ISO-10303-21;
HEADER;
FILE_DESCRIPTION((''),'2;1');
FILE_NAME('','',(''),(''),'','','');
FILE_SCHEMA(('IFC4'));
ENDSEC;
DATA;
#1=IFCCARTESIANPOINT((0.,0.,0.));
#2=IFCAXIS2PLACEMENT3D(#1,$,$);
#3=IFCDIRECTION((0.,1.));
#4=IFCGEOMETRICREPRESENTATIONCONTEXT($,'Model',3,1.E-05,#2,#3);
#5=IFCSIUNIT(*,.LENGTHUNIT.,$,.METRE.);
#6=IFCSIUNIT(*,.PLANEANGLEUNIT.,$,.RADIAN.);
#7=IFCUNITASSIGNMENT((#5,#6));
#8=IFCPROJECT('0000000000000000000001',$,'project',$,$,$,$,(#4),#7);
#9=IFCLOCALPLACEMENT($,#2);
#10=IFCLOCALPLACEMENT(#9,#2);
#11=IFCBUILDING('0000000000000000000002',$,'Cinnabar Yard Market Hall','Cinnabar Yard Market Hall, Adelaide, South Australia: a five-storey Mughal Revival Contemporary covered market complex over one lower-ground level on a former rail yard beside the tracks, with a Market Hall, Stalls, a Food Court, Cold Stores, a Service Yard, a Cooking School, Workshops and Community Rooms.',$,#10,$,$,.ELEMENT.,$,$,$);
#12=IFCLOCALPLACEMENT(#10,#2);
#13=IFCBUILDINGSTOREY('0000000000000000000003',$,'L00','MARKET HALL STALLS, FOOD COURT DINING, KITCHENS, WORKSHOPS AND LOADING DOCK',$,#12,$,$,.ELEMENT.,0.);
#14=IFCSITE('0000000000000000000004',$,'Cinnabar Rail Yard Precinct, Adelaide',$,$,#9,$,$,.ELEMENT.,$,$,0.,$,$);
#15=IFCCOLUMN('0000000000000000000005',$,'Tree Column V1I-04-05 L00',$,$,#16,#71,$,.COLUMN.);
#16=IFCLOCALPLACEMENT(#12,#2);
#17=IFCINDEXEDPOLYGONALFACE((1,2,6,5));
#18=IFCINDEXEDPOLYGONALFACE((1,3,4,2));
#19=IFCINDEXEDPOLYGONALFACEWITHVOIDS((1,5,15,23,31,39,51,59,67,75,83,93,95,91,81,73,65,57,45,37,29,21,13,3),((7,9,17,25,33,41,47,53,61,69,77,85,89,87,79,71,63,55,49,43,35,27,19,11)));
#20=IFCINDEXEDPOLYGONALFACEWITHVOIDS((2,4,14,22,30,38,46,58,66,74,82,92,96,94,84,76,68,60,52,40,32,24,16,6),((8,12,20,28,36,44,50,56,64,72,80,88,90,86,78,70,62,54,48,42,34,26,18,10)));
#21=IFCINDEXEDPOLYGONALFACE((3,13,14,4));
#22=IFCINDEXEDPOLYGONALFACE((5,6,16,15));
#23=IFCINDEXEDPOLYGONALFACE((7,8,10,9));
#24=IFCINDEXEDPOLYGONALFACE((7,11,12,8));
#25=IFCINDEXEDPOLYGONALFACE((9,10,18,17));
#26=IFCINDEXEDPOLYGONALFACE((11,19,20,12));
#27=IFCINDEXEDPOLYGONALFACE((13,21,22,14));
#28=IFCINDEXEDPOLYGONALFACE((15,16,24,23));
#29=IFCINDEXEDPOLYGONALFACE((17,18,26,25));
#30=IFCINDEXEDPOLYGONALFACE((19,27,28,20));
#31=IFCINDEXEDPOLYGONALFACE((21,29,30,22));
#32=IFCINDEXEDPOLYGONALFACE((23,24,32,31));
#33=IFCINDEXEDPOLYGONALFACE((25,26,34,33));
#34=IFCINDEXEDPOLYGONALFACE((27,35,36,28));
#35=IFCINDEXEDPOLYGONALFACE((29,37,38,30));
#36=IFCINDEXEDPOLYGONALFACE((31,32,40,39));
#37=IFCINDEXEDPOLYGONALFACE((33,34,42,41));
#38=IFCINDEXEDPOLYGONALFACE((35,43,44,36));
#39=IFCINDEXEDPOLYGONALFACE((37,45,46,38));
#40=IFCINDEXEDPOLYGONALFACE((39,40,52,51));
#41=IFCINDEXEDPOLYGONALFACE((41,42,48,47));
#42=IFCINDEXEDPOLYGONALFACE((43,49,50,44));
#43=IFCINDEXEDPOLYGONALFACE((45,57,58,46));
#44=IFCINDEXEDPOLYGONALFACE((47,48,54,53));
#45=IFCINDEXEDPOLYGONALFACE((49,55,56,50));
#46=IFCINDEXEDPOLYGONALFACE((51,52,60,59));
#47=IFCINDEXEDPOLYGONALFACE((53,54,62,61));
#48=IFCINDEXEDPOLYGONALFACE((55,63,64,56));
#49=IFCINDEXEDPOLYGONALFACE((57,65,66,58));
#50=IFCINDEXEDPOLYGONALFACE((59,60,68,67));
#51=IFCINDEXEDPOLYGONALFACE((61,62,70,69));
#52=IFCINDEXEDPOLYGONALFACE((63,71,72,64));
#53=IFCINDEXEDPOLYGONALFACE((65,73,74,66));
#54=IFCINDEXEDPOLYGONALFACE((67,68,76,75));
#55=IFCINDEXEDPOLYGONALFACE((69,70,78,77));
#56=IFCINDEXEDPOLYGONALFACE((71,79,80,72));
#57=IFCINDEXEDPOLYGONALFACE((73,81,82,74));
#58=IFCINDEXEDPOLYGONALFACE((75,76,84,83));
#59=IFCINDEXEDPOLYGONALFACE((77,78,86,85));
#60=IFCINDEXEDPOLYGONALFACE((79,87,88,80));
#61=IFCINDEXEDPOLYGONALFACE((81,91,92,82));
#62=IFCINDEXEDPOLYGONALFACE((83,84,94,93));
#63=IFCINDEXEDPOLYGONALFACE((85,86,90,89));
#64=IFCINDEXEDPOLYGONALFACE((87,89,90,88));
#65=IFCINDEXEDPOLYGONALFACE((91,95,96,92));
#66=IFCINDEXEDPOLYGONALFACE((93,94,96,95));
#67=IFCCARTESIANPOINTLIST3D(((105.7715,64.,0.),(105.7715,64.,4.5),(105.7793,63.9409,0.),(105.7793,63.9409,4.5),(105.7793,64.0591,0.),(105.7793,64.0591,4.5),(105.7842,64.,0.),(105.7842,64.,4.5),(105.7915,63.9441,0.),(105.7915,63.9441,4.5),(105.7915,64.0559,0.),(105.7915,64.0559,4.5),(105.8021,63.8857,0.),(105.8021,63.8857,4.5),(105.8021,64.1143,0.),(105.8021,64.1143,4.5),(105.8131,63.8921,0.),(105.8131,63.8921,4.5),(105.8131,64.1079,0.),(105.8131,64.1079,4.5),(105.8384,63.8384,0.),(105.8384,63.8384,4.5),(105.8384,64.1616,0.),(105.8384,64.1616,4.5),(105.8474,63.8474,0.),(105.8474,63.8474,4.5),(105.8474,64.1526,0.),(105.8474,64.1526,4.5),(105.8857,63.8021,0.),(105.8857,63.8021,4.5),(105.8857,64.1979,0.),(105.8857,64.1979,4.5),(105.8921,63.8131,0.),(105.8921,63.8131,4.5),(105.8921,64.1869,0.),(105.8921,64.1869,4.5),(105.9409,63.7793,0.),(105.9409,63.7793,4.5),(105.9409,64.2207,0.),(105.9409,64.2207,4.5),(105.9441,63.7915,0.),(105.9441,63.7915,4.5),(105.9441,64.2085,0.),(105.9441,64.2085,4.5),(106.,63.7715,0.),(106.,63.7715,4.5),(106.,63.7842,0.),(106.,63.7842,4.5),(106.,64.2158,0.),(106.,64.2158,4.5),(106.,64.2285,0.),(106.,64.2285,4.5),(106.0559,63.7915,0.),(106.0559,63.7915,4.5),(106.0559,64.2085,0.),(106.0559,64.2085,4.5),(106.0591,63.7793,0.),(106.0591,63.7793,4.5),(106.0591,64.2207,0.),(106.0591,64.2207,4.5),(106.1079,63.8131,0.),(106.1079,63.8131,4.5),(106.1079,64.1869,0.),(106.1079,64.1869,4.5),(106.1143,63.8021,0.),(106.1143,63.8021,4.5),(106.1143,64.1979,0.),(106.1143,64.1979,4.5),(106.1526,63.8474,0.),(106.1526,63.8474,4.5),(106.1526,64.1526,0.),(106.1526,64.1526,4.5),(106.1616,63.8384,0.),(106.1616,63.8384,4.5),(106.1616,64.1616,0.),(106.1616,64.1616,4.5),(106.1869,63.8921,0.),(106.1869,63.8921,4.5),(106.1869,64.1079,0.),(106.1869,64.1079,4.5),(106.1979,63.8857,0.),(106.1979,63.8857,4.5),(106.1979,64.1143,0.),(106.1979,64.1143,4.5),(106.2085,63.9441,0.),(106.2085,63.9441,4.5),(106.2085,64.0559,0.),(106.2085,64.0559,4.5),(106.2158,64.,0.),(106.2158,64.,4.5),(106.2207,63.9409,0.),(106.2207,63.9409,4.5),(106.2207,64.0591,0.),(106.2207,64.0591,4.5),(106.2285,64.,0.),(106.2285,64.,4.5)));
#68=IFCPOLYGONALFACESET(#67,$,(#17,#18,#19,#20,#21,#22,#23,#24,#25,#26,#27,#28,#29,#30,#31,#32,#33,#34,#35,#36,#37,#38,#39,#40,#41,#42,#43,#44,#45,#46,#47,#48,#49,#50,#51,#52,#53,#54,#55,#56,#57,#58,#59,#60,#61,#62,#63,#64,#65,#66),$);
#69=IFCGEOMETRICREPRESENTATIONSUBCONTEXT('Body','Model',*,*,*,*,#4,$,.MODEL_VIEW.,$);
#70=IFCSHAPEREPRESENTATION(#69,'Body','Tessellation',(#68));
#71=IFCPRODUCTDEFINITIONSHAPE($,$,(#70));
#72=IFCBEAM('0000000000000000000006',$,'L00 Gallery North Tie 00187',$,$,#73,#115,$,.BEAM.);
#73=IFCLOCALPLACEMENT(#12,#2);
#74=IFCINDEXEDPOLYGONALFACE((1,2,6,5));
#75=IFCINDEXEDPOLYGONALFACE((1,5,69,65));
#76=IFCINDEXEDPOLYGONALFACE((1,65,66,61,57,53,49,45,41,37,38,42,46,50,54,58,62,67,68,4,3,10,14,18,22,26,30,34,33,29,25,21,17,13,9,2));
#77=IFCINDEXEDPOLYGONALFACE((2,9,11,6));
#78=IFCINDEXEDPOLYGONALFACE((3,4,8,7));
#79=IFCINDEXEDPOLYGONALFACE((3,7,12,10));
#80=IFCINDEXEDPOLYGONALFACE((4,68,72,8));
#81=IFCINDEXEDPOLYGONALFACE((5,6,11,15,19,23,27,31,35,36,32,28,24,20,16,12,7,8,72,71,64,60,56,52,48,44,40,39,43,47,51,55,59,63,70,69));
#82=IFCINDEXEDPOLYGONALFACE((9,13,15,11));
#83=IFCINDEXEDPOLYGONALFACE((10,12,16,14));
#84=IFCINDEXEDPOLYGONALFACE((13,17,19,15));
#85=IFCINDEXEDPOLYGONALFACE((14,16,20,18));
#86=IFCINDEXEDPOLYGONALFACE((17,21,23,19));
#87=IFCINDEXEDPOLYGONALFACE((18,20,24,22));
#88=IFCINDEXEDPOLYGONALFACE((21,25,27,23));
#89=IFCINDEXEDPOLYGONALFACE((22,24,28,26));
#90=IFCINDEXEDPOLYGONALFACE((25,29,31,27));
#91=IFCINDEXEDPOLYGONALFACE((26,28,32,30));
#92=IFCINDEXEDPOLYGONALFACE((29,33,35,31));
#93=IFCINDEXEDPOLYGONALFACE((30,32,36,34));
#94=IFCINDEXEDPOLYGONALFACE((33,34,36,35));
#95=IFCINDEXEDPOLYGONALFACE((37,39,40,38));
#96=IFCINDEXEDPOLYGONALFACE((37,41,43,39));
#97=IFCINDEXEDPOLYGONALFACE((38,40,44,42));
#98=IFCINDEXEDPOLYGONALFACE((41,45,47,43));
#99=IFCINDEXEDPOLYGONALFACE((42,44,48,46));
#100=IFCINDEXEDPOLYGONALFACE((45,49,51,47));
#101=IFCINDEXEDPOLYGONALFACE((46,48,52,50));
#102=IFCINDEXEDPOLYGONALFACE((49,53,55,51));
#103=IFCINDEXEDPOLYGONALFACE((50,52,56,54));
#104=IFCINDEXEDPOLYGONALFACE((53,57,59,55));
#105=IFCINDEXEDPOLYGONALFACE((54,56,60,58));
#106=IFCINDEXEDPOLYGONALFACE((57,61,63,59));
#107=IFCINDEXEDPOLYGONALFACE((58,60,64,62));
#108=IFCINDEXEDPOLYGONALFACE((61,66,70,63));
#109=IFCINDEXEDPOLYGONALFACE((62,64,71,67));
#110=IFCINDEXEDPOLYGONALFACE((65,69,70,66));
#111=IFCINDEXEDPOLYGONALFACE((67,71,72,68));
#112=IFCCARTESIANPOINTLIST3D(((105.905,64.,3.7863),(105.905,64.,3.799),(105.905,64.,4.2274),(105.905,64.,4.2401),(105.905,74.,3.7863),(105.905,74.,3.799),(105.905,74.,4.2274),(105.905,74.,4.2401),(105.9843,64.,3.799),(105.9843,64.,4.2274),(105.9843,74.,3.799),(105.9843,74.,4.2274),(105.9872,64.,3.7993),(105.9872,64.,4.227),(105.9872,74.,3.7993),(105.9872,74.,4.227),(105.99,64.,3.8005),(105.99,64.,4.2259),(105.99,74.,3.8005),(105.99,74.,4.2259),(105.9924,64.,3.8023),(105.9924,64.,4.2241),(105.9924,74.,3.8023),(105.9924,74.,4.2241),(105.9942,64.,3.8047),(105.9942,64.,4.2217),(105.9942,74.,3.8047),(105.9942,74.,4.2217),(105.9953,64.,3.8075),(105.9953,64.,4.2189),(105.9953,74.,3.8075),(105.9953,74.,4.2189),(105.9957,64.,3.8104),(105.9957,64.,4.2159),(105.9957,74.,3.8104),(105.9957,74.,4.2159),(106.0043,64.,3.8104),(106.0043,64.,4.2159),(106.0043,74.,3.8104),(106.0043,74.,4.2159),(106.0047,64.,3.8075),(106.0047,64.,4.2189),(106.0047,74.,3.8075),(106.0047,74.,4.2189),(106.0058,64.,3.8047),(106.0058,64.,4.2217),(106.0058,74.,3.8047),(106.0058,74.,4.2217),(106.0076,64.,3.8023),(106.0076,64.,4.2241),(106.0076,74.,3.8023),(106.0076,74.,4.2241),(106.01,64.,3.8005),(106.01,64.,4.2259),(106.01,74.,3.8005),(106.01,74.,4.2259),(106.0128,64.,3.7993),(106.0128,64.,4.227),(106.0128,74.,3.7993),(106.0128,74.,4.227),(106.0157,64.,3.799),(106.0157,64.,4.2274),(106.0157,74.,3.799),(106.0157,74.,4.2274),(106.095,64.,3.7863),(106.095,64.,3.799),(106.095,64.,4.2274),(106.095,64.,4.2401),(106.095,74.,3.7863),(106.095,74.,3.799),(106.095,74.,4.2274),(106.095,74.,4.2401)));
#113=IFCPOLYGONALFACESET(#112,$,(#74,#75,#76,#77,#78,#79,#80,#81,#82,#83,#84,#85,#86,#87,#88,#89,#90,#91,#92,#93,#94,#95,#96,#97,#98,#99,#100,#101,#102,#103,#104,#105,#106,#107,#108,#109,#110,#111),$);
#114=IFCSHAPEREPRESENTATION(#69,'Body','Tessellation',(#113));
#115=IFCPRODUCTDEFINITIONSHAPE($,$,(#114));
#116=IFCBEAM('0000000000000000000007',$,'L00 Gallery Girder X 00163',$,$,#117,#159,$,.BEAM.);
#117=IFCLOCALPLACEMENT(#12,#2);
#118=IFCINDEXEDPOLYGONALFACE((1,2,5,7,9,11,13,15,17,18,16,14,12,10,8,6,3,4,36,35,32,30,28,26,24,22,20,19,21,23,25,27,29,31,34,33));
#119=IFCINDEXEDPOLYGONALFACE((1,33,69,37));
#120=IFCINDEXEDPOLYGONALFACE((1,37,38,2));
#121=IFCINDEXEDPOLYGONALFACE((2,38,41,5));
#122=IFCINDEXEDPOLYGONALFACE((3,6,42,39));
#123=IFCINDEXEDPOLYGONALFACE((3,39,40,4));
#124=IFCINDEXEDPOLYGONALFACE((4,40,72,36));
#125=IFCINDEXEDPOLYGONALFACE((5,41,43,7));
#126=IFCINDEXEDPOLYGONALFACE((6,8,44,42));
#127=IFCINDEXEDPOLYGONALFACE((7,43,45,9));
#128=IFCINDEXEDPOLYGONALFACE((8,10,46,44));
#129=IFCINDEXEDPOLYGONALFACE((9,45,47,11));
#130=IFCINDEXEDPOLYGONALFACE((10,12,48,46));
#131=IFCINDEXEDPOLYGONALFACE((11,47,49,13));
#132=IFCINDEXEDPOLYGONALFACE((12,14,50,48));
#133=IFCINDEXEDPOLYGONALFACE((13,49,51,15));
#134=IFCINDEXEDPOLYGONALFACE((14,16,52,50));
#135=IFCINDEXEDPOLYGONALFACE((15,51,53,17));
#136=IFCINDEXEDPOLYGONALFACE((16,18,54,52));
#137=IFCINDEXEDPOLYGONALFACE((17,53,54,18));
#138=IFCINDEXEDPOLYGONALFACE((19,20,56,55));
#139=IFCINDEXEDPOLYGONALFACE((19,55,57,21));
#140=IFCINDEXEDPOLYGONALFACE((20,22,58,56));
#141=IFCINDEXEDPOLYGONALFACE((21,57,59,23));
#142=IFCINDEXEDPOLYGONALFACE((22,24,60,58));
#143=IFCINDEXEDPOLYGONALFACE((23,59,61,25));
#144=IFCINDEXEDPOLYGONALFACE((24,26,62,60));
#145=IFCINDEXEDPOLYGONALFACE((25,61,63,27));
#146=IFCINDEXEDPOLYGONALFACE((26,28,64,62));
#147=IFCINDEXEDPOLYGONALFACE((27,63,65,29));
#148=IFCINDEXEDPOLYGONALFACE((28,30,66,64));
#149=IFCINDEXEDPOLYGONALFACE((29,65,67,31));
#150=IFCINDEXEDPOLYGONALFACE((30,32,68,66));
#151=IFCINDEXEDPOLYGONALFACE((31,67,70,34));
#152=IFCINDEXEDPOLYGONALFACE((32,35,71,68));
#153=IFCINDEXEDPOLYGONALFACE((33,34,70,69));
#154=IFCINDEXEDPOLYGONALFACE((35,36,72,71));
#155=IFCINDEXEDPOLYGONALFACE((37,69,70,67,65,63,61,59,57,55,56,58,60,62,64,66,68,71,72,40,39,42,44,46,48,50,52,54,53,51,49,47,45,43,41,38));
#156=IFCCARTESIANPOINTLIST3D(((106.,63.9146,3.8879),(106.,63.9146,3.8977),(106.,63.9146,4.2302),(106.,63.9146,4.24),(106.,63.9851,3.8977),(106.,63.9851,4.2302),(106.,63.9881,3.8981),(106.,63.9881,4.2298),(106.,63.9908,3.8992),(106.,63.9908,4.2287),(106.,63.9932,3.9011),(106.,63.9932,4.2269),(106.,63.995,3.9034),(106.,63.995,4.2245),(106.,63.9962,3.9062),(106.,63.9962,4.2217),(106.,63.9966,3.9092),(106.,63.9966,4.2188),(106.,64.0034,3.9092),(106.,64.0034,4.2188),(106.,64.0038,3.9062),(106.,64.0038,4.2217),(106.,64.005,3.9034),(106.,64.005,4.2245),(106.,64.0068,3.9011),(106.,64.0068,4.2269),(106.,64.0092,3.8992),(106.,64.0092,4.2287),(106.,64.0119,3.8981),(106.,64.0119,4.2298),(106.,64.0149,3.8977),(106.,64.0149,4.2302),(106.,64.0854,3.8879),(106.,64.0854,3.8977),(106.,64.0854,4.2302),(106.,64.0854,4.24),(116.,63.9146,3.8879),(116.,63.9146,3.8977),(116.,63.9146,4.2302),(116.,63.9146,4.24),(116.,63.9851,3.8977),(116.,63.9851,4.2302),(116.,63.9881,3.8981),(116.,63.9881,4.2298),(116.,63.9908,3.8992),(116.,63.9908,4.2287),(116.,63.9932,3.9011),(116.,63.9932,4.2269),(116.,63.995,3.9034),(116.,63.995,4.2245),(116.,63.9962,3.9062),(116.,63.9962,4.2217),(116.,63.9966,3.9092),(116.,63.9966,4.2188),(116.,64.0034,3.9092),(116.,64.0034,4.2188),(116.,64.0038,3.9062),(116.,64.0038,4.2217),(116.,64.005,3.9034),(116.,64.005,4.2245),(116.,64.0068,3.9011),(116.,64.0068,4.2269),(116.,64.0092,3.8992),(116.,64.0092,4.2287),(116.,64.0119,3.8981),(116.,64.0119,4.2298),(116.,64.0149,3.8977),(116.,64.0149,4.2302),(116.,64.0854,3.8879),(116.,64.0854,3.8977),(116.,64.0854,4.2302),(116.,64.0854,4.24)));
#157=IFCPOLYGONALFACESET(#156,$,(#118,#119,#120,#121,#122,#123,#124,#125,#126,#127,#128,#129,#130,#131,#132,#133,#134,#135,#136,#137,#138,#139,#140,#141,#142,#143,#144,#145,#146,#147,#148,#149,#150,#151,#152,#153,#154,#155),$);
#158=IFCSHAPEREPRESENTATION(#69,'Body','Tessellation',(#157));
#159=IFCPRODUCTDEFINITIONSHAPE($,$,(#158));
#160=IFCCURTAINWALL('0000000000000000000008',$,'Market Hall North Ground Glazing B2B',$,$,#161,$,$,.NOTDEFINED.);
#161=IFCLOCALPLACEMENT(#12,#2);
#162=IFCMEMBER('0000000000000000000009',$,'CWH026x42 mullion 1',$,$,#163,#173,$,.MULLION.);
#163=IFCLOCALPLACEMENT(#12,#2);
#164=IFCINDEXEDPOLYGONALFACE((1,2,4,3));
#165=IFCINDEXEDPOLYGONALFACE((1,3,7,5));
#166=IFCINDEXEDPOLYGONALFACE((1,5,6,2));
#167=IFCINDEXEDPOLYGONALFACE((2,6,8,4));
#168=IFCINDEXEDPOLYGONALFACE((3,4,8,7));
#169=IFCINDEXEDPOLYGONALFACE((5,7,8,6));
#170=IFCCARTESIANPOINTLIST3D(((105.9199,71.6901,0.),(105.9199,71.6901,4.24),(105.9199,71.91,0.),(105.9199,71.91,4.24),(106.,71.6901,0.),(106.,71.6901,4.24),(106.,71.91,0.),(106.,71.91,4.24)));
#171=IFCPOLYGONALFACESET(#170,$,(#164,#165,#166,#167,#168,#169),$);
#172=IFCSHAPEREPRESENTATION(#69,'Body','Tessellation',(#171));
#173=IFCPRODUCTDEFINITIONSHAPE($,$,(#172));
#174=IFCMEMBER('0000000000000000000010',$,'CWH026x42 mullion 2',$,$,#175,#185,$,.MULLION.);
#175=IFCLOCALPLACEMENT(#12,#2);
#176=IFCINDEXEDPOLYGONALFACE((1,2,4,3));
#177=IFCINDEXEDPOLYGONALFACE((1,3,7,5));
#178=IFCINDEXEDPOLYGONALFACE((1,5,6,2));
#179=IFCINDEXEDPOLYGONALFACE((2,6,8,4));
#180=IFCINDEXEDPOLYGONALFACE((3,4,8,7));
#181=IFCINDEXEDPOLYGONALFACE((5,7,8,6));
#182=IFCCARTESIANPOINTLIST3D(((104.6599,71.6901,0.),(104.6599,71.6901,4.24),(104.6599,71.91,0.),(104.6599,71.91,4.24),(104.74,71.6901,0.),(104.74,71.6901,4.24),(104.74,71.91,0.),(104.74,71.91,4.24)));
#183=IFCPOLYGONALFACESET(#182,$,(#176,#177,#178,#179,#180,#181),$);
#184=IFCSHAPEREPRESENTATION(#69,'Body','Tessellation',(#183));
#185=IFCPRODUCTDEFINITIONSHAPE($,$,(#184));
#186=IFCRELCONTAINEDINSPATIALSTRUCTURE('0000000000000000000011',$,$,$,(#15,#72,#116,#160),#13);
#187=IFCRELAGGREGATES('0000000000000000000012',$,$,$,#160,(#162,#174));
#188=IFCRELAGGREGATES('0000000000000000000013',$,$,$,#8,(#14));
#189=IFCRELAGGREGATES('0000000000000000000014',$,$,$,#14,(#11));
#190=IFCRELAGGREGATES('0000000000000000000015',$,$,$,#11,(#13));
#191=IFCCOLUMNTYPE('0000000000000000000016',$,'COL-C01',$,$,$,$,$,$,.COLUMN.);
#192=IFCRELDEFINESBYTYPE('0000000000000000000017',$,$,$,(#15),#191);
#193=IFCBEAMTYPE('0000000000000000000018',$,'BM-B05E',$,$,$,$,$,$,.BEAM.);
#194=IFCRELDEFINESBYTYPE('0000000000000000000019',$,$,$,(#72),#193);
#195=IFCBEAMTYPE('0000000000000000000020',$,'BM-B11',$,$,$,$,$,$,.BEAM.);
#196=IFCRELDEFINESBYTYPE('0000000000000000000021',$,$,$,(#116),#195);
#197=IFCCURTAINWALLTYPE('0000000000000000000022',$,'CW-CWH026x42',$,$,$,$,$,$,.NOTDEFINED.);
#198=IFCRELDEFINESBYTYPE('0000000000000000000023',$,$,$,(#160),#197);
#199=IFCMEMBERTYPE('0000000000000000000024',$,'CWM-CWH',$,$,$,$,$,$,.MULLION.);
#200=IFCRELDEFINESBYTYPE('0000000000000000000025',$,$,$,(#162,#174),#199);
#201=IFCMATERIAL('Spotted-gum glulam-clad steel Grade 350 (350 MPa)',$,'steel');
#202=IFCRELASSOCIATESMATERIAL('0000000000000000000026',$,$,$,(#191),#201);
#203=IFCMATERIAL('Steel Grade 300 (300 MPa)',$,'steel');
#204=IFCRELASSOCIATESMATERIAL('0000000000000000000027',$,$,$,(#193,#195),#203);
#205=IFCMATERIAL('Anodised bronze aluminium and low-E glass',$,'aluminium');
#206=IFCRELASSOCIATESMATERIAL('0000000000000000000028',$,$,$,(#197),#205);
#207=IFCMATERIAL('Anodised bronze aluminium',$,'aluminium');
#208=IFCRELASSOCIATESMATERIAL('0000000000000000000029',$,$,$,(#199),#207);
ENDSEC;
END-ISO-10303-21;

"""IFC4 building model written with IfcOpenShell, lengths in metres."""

from ifc_helpers import new_model, si_unit, direction, frame, origin, origin_2d_with_axis, place, context, subcontext, project, spatial, rectangle, hollow_circle, i_section, extrude, material, material_profile, profile_set, type_object, element, aggregate, save


model = new_model("IFC4")

# Units and contexts
model_context = context("Model", 3, precision=1e-05, world=origin(), true_north=direction((0.0, 1.0)))
body_context = subcontext(model_context, "Body", "Model", "MODEL_VIEW")
ifc_project = project(units=[si_unit("LENGTHUNIT", "METRE"), si_unit("PLANEANGLEUNIT", "RADIAN")], contexts=[model_context])

# Site, building, storey
site_placement = place(None, origin())
site = spatial("IfcSite", under=ifc_project, at=site_placement, Name="Cinnabar Rail Yard Precinct, Adelaide", CompositionType="ELEMENT", RefElevation=0.0)
building_placement = place(site_placement, origin())
building = spatial("IfcBuilding", under=site, at=building_placement, Name="Cinnabar Yard Market Hall", Description="Cinnabar Yard Market Hall, Adelaide, South Australia: a five-storey Mughal Revival Contemporary covered market complex over one lower-ground level on a former rail yard beside the tracks, with a Market Hall, Stalls, a Food Court, Cold Stores, a Service Yard, a Cooking School, Workshops and Community Rooms.", CompositionType="ELEMENT")
storey_placement = place(building_placement, origin())
storey = spatial("IfcBuildingStorey", under=building, at=storey_placement, Name="L00", Description="MARKET HALL STALLS, FOOD COURT DINING, KITCHENS, WORKSHOPS AND LOADING DOCK", CompositionType="ELEMENT", Elevation=0.0)

# Column
ifc_material_1 = material(Name="Spotted-gum glulam-clad steel Grade 350 (350 MPa)", Category="steel")
ifc_material_profile_1 = material_profile(ifc_material_1, hollow_circle(Radius=0.2285, WallThickness=0.0127, at=origin_2d_with_axis()), Name="457.0x12.7CHS")
ifc_profile_set_1 = profile_set([ifc_material_profile_1], Name="Spotted-gum glulam-clad steel Grade 350 (350 MPa)")
column_type = type_object("IfcColumnType", Name="COL-C01", PredefinedType="COLUMN", material=ifc_profile_set_1)
column_placement = place(storey_placement, frame((106.0, 64.0, 0.0), z_axis=(0.0, 0.0, 1.0), x_axis=(1.0, 0.0, 0.0)))
element("IfcColumn", 1, at=column_placement, inside=storey, type_object=column_type, Name="Tree Column V1I-04-05 L00", PredefinedType="COLUMN", context=body_context, shape_type="SweptSolid", body=[
    extrude(hollow_circle(Radius=0.2285, WallThickness=0.0127, at=origin_2d_with_axis()), origin(), (0.0, 0.0, 1.0), 4.5),
])

# Beams
ifc_material_2 = material(Name="Steel Grade 300 (300 MPa)", Category="steel")
ifc_material_profile_2 = material_profile(ifc_material_2, i_section(OverallWidth=0.1899, OverallDepth=0.4539, WebThickness=0.0085, FlangeThickness=0.0127, FilletRadius=0.0115, at=origin_2d_with_axis()), Name="460UB67.1")
ifc_profile_set_2 = profile_set([ifc_material_profile_2], Name="Steel Grade 300 (300 MPa)")
beam_type_1 = type_object("IfcBeamType", Name="BM-B05E", PredefinedType="BEAM", material=ifc_profile_set_2)
beam_1_placement = place(storey_placement, frame((106.0, 64.0, 4.0132), z_axis=(0.0, 1.0, 0.0), x_axis=(-1.0, 0.0, 0.0)))
element("IfcBeam", 2, at=beam_1_placement, inside=storey, type_object=beam_type_1, Name="L00 Gallery North Tie 00187", PredefinedType="BEAM", context=body_context, shape_type="SweptSolid", body=[
    extrude(i_section(OverallWidth=0.1899, OverallDepth=0.4539, WebThickness=0.0085, FlangeThickness=0.0127, FilletRadius=0.0115, at=origin_2d_with_axis()), origin(), (0.0, 0.0, 1.0), 10.0),
])
ifc_material_profile_3 = material_profile(ifc_material_2, i_section(OverallWidth=0.1709, OverallDepth=0.3521, WebThickness=0.0068, FlangeThickness=0.0098, FilletRadius=0.0115, at=origin_2d_with_axis()), Name="360UB44.7")
ifc_profile_set_3 = profile_set([ifc_material_profile_3], Name="Steel Grade 300 (300 MPa)")
beam_type_2 = type_object("IfcBeamType", Name="BM-B11", PredefinedType="BEAM", material=ifc_profile_set_3)
beam_2_placement = place(storey_placement, frame((106.0, 64.0, 4.064), z_axis=(1.0, 0.0, 0.0), x_axis=(0.0, 1.0, 0.0)))
element("IfcBeam", 3, at=beam_2_placement, inside=storey, type_object=beam_type_2, Name="L00 Gallery Girder X 00163", PredefinedType="BEAM", context=body_context, shape_type="SweptSolid", body=[
    extrude(i_section(OverallWidth=0.1709, OverallDepth=0.3521, WebThickness=0.0068, FlangeThickness=0.0098, FilletRadius=0.0115, at=origin_2d_with_axis()), origin(), (0.0, 0.0, 1.0), 10.0),
])

# Curtain wall, members
ifc_material_3 = material(Name="Anodised bronze aluminium and low-E glass", Category="aluminium")
curtain_wall_type_1 = type_object("IfcCurtainWallType", Name="CW-CWH026x42", PredefinedType="NOTDEFINED", material=ifc_material_3)
curtain_wall_1_placement = place(storey_placement, origin())
curtain_wall_1 = element("IfcCurtainWall", 4, at=curtain_wall_1_placement, inside=storey, type_object=curtain_wall_type_1, Name="Market Hall North Ground Glazing B2B", PredefinedType="NOTDEFINED")
ifc_material_4 = material(Name="Anodised bronze aluminium", Category="aluminium")
ifc_material_profile_4 = material_profile(ifc_material_4, rectangle(XDim=0.22, YDim=0.0801, at=origin_2d_with_axis()), Name="MUL-CWH")
ifc_profile_set_4 = profile_set([ifc_material_profile_4], Name="Anodised bronze aluminium")
member_type_1 = type_object("IfcMemberType", Name="CWM-CWH", PredefinedType="MULLION", material=ifc_profile_set_4)
member_1_placement = place(storey_placement, frame((105.96, 71.8, 0.0), z_axis=(0.0, 0.0, 1.0), x_axis=(0.0, -1.0, 0.0)))
member_1 = element("IfcMember", 5, at=member_1_placement, type_object=member_type_1, Name="CWH026x42 mullion 1", PredefinedType="MULLION", context=body_context, shape_type="SweptSolid", body=[
    extrude(rectangle(XDim=0.22, YDim=0.0801, at=origin_2d_with_axis()), origin(), (0.0, 0.0, 1.0), 4.24),
])
member_2_placement = place(storey_placement, frame((104.7, 71.8, 0.0), z_axis=(0.0, 0.0, 1.0), x_axis=(0.0, -1.0, 0.0)))
member_2 = element("IfcMember", 6, at=member_2_placement, type_object=member_type_1, Name="CWH026x42 mullion 2", PredefinedType="MULLION", context=body_context, shape_type="SweptSolid", body=[
    extrude(rectangle(XDim=0.22, YDim=0.0801, at=origin_2d_with_axis()), origin(), (0.0, 0.0, 1.0), 4.24),
])

aggregate(curtain_wall_1, [member_1, member_2])

save(model, "model.ifc")
